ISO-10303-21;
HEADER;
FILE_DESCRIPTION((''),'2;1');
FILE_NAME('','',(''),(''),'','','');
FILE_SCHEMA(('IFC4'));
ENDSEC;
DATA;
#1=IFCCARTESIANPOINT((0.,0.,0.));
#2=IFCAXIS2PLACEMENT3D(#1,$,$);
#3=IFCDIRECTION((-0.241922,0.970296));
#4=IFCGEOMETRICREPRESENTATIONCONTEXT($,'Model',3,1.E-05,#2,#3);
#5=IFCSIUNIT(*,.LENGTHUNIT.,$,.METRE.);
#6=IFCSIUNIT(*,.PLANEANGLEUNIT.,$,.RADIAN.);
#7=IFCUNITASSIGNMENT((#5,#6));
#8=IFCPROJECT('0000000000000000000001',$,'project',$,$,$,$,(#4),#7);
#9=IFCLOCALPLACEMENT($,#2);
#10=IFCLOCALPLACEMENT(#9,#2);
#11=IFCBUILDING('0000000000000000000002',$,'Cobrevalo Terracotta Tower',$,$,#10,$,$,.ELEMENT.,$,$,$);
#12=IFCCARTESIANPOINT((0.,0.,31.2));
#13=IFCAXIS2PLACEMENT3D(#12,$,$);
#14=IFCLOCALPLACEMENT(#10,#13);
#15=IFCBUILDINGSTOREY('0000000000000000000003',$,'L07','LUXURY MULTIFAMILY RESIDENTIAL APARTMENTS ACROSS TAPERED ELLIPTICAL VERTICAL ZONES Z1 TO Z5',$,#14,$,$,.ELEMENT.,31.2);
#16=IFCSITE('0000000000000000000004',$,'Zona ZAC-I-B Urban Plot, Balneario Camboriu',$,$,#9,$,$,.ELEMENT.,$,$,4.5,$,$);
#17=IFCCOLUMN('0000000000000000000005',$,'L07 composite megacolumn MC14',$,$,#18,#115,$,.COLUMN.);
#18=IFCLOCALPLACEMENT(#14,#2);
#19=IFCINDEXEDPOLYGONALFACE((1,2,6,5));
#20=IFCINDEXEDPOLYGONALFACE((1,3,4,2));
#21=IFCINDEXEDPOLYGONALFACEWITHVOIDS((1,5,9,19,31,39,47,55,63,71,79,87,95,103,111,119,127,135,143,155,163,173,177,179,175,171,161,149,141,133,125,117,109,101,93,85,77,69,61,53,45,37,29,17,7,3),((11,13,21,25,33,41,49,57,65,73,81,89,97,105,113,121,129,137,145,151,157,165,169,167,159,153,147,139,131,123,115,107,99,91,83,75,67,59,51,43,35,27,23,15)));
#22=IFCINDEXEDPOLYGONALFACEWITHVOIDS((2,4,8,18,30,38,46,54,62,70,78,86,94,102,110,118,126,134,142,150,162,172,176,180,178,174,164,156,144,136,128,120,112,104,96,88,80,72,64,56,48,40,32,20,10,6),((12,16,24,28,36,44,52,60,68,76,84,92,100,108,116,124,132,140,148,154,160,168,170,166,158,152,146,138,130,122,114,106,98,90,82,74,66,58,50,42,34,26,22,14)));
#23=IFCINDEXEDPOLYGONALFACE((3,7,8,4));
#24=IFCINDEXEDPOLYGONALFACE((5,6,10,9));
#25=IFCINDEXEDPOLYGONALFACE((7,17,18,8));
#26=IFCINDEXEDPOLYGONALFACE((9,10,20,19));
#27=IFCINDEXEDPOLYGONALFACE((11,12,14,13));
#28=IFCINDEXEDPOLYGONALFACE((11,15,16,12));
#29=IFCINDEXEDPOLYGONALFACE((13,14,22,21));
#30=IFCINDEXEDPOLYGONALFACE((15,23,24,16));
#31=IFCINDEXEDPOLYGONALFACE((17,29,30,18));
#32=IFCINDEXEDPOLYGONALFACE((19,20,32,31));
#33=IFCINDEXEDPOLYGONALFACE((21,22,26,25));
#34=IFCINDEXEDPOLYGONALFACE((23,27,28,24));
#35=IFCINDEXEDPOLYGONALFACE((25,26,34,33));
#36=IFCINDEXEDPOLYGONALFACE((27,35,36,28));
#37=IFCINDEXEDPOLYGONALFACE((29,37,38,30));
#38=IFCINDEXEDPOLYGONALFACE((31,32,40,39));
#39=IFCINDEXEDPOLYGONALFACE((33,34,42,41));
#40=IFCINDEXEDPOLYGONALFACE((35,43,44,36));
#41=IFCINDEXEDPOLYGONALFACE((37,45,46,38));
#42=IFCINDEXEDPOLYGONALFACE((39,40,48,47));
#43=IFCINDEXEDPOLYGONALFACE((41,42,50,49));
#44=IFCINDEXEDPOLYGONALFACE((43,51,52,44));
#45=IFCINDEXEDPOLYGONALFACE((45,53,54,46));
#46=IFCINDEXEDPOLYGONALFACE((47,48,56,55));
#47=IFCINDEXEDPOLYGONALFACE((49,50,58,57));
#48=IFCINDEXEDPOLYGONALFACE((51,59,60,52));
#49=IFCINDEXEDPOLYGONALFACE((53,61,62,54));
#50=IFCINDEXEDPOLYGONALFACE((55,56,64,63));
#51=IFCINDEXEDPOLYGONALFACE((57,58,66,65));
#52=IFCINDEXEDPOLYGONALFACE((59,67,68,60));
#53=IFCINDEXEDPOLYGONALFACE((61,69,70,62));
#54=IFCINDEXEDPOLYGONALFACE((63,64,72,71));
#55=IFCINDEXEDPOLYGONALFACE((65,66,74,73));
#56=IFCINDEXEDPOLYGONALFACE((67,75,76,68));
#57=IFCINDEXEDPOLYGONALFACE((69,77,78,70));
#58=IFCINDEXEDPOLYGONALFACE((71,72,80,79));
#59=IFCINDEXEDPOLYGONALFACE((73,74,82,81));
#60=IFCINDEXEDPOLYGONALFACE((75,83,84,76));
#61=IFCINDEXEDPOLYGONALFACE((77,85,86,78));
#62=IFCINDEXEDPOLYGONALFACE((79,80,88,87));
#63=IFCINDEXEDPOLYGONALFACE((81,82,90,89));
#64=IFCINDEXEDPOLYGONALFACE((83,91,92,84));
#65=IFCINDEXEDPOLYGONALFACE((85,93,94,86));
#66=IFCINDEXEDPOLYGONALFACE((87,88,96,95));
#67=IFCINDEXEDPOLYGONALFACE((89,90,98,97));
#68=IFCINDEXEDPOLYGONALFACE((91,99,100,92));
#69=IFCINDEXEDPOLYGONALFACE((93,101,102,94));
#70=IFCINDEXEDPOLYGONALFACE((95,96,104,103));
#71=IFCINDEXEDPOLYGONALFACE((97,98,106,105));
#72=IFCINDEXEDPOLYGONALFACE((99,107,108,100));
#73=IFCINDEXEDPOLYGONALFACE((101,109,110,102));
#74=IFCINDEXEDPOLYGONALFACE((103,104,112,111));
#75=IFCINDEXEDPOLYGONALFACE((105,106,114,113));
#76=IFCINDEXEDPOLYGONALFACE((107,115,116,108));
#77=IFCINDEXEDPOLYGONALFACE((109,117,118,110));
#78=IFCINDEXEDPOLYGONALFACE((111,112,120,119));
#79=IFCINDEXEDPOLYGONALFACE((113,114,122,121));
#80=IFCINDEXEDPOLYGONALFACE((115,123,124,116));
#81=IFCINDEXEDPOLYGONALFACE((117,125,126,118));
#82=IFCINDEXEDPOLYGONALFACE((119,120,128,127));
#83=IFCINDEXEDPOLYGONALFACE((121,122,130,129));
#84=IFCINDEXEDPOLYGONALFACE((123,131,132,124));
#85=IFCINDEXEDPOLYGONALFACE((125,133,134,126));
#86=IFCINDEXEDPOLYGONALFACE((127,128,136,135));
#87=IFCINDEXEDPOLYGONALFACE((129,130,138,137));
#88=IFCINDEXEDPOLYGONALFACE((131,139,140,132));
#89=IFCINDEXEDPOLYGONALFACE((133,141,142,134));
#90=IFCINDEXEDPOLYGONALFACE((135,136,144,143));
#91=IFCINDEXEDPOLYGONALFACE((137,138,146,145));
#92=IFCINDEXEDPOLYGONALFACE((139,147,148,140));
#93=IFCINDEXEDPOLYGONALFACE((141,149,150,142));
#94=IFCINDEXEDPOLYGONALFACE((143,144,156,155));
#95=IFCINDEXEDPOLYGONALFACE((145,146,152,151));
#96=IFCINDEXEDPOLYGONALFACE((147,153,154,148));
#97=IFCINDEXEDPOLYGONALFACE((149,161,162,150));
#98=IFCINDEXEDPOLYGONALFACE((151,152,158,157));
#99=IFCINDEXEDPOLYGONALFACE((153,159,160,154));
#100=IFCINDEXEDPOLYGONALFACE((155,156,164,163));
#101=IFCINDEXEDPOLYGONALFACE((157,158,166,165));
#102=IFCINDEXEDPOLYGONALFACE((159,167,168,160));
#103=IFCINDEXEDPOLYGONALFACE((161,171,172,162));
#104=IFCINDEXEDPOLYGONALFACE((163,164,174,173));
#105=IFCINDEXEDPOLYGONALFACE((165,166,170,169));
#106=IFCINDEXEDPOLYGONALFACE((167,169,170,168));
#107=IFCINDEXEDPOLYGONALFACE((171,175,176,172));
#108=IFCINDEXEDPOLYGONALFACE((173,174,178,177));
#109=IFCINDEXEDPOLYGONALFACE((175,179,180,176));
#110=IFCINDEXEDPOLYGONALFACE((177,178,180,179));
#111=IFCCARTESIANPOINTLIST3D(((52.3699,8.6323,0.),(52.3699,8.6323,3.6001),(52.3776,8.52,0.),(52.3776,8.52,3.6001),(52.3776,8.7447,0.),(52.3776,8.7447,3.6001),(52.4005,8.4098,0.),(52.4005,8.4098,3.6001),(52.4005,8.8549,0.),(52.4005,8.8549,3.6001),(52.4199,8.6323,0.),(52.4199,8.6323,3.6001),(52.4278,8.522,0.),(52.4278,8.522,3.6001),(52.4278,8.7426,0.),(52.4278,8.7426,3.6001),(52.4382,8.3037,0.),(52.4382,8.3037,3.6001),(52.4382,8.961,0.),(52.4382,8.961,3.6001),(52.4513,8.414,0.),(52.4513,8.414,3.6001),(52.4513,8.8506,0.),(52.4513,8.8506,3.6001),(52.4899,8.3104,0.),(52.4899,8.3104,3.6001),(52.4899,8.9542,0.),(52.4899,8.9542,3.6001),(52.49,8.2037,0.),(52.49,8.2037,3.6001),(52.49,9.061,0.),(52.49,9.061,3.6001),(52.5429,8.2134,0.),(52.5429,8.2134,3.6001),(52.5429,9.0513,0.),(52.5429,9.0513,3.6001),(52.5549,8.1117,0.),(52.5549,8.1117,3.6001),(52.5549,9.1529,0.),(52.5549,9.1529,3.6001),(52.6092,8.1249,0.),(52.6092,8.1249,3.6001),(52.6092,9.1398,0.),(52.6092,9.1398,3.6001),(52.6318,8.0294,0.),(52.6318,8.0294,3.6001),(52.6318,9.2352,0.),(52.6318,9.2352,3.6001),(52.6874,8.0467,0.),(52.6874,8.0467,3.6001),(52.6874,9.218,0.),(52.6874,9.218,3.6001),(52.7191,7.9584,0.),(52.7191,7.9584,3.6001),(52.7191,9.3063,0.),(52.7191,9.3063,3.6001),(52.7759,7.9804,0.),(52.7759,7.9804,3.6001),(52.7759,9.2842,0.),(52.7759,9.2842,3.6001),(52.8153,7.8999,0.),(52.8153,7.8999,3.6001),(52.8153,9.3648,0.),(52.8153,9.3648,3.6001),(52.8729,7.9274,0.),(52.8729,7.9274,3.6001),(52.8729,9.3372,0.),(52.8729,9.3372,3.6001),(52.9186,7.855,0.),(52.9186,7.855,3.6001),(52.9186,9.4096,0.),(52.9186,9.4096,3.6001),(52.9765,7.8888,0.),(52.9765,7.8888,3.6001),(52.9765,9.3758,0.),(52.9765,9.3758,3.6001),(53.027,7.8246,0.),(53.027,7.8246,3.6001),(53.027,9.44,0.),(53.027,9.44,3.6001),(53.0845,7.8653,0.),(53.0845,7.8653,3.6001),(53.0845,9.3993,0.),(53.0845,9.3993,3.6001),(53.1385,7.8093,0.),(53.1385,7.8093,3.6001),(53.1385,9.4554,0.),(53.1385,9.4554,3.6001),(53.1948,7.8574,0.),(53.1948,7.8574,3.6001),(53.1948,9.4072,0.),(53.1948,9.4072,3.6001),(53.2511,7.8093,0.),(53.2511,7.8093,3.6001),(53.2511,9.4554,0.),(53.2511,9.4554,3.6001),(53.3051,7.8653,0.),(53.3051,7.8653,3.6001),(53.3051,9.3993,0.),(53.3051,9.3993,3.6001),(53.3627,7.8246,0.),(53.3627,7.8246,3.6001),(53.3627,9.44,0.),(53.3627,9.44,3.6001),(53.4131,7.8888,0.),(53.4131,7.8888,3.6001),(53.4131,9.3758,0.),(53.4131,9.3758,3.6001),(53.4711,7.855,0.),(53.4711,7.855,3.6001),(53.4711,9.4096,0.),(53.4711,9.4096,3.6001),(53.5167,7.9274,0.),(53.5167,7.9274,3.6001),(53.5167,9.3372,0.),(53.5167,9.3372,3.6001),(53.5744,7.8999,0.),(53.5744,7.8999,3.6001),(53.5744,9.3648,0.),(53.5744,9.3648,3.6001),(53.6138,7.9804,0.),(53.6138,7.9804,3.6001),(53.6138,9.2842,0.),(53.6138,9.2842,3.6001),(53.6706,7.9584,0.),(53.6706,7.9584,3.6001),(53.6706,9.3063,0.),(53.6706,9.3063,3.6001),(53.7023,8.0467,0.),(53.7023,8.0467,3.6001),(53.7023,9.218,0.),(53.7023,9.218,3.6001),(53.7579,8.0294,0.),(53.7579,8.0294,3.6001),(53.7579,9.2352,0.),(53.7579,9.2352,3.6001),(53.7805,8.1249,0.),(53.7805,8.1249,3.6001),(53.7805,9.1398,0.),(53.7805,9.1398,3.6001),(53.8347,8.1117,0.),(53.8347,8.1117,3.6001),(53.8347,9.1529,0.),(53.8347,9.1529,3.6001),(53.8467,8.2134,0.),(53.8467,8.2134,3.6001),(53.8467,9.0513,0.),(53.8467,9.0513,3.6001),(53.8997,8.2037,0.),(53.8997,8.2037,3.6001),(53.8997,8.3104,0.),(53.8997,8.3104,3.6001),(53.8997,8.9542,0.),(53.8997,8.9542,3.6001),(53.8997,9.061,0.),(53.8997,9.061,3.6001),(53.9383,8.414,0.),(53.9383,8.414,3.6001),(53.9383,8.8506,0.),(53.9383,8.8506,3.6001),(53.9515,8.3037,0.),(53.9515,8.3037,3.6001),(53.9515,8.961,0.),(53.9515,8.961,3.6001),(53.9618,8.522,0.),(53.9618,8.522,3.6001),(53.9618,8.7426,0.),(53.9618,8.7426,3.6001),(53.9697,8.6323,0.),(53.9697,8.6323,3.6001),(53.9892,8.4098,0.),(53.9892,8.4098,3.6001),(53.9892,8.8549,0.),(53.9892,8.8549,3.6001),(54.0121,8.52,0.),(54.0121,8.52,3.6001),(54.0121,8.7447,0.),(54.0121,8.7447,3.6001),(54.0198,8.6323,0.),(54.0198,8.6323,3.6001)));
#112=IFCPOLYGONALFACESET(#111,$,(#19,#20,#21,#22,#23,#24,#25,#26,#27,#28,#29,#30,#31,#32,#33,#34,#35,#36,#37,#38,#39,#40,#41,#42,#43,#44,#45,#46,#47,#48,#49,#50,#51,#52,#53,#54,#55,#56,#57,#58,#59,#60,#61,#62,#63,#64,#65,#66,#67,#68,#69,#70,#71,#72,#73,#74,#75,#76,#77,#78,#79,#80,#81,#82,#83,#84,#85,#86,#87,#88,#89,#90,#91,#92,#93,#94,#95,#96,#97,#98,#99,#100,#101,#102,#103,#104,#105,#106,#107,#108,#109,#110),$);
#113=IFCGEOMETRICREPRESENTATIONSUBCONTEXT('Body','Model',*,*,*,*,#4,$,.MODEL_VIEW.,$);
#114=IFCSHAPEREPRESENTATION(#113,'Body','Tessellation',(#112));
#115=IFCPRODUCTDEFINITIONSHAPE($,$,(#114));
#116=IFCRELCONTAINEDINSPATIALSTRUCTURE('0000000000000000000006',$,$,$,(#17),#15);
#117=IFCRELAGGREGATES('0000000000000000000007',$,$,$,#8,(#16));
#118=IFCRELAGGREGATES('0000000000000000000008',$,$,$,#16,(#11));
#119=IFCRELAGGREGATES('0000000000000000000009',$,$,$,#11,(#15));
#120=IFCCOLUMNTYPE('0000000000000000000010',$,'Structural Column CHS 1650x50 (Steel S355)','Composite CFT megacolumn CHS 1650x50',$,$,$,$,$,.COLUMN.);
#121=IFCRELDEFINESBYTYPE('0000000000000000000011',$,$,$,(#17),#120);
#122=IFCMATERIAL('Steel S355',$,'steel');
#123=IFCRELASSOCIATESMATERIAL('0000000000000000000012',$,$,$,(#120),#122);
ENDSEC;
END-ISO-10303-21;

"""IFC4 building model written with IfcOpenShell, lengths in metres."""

from ifc_helpers import new_model, si_unit, direction, frame, origin, origin_2d, place, context, subcontext, project, spatial, hollow_circle, extrude, material, material_profile, profile_set, type_object, element, save


model = new_model("IFC4")

# Units and contexts
model_context = context("Model", 3, precision=1e-05, world=origin(), true_north=direction((-0.241922, 0.970296)))
body_context = subcontext(model_context, "Body", "Model", "MODEL_VIEW")
ifc_project = project(units=[si_unit("LENGTHUNIT", "METRE"), si_unit("PLANEANGLEUNIT", "RADIAN")], contexts=[model_context])

# Site, building, storey
site_placement = place(None, origin())
site = spatial("IfcSite", under=ifc_project, at=site_placement, Name="Zona ZAC-I-B Urban Plot, Balneario Camboriu", CompositionType="ELEMENT", RefElevation=4.5)
building_placement = place(site_placement, origin())
building = spatial("IfcBuilding", under=site, at=building_placement, Name="Cobrevalo Terracotta Tower", CompositionType="ELEMENT")
storey_placement = place(building_placement, frame((0.0, 0.0, 31.2)))
storey = spatial("IfcBuildingStorey", under=building, at=storey_placement, Name="L07", Description="LUXURY MULTIFAMILY RESIDENTIAL APARTMENTS ACROSS TAPERED ELLIPTICAL VERTICAL ZONES Z1 TO Z5", CompositionType="ELEMENT", Elevation=31.2)

# Column
ifc_material_1 = material(Name="Steel S355", Category="steel")
ifc_material_profile_1 = material_profile(ifc_material_1, hollow_circle(Radius=0.825, WallThickness=0.05, at=origin_2d()), Name="CHS 1650x50")
ifc_profile_set_1 = profile_set([ifc_material_profile_1], Name="Steel S355")
column_type = type_object("IfcColumnType", Name="Structural Column CHS 1650x50 (Steel S355)", Description="Composite CFT megacolumn CHS 1650x50", PredefinedType="COLUMN", material=ifc_profile_set_1)
for number, where, z_axis, x_axis, name in (
    (1, (53.1948, 8.6323, 0.0), (0.0, 0.0, 1.0), (1.0, 0.0, 0.0), "L07 composite megacolumn MC14"),
):
    element("IfcColumn", number, at=place(storey_placement, frame(where, z_axis=z_axis, x_axis=x_axis)), inside=storey, type_object=column_type, Name=name, PredefinedType="COLUMN", context=body_context, shape_type="SweptSolid", body=[
        extrude(hollow_circle(Radius=0.825, WallThickness=0.05, at=origin_2d()), origin(), (0.0, 0.0, 1.0), 3.6001),
    ])

save(model, "model.ifc")
